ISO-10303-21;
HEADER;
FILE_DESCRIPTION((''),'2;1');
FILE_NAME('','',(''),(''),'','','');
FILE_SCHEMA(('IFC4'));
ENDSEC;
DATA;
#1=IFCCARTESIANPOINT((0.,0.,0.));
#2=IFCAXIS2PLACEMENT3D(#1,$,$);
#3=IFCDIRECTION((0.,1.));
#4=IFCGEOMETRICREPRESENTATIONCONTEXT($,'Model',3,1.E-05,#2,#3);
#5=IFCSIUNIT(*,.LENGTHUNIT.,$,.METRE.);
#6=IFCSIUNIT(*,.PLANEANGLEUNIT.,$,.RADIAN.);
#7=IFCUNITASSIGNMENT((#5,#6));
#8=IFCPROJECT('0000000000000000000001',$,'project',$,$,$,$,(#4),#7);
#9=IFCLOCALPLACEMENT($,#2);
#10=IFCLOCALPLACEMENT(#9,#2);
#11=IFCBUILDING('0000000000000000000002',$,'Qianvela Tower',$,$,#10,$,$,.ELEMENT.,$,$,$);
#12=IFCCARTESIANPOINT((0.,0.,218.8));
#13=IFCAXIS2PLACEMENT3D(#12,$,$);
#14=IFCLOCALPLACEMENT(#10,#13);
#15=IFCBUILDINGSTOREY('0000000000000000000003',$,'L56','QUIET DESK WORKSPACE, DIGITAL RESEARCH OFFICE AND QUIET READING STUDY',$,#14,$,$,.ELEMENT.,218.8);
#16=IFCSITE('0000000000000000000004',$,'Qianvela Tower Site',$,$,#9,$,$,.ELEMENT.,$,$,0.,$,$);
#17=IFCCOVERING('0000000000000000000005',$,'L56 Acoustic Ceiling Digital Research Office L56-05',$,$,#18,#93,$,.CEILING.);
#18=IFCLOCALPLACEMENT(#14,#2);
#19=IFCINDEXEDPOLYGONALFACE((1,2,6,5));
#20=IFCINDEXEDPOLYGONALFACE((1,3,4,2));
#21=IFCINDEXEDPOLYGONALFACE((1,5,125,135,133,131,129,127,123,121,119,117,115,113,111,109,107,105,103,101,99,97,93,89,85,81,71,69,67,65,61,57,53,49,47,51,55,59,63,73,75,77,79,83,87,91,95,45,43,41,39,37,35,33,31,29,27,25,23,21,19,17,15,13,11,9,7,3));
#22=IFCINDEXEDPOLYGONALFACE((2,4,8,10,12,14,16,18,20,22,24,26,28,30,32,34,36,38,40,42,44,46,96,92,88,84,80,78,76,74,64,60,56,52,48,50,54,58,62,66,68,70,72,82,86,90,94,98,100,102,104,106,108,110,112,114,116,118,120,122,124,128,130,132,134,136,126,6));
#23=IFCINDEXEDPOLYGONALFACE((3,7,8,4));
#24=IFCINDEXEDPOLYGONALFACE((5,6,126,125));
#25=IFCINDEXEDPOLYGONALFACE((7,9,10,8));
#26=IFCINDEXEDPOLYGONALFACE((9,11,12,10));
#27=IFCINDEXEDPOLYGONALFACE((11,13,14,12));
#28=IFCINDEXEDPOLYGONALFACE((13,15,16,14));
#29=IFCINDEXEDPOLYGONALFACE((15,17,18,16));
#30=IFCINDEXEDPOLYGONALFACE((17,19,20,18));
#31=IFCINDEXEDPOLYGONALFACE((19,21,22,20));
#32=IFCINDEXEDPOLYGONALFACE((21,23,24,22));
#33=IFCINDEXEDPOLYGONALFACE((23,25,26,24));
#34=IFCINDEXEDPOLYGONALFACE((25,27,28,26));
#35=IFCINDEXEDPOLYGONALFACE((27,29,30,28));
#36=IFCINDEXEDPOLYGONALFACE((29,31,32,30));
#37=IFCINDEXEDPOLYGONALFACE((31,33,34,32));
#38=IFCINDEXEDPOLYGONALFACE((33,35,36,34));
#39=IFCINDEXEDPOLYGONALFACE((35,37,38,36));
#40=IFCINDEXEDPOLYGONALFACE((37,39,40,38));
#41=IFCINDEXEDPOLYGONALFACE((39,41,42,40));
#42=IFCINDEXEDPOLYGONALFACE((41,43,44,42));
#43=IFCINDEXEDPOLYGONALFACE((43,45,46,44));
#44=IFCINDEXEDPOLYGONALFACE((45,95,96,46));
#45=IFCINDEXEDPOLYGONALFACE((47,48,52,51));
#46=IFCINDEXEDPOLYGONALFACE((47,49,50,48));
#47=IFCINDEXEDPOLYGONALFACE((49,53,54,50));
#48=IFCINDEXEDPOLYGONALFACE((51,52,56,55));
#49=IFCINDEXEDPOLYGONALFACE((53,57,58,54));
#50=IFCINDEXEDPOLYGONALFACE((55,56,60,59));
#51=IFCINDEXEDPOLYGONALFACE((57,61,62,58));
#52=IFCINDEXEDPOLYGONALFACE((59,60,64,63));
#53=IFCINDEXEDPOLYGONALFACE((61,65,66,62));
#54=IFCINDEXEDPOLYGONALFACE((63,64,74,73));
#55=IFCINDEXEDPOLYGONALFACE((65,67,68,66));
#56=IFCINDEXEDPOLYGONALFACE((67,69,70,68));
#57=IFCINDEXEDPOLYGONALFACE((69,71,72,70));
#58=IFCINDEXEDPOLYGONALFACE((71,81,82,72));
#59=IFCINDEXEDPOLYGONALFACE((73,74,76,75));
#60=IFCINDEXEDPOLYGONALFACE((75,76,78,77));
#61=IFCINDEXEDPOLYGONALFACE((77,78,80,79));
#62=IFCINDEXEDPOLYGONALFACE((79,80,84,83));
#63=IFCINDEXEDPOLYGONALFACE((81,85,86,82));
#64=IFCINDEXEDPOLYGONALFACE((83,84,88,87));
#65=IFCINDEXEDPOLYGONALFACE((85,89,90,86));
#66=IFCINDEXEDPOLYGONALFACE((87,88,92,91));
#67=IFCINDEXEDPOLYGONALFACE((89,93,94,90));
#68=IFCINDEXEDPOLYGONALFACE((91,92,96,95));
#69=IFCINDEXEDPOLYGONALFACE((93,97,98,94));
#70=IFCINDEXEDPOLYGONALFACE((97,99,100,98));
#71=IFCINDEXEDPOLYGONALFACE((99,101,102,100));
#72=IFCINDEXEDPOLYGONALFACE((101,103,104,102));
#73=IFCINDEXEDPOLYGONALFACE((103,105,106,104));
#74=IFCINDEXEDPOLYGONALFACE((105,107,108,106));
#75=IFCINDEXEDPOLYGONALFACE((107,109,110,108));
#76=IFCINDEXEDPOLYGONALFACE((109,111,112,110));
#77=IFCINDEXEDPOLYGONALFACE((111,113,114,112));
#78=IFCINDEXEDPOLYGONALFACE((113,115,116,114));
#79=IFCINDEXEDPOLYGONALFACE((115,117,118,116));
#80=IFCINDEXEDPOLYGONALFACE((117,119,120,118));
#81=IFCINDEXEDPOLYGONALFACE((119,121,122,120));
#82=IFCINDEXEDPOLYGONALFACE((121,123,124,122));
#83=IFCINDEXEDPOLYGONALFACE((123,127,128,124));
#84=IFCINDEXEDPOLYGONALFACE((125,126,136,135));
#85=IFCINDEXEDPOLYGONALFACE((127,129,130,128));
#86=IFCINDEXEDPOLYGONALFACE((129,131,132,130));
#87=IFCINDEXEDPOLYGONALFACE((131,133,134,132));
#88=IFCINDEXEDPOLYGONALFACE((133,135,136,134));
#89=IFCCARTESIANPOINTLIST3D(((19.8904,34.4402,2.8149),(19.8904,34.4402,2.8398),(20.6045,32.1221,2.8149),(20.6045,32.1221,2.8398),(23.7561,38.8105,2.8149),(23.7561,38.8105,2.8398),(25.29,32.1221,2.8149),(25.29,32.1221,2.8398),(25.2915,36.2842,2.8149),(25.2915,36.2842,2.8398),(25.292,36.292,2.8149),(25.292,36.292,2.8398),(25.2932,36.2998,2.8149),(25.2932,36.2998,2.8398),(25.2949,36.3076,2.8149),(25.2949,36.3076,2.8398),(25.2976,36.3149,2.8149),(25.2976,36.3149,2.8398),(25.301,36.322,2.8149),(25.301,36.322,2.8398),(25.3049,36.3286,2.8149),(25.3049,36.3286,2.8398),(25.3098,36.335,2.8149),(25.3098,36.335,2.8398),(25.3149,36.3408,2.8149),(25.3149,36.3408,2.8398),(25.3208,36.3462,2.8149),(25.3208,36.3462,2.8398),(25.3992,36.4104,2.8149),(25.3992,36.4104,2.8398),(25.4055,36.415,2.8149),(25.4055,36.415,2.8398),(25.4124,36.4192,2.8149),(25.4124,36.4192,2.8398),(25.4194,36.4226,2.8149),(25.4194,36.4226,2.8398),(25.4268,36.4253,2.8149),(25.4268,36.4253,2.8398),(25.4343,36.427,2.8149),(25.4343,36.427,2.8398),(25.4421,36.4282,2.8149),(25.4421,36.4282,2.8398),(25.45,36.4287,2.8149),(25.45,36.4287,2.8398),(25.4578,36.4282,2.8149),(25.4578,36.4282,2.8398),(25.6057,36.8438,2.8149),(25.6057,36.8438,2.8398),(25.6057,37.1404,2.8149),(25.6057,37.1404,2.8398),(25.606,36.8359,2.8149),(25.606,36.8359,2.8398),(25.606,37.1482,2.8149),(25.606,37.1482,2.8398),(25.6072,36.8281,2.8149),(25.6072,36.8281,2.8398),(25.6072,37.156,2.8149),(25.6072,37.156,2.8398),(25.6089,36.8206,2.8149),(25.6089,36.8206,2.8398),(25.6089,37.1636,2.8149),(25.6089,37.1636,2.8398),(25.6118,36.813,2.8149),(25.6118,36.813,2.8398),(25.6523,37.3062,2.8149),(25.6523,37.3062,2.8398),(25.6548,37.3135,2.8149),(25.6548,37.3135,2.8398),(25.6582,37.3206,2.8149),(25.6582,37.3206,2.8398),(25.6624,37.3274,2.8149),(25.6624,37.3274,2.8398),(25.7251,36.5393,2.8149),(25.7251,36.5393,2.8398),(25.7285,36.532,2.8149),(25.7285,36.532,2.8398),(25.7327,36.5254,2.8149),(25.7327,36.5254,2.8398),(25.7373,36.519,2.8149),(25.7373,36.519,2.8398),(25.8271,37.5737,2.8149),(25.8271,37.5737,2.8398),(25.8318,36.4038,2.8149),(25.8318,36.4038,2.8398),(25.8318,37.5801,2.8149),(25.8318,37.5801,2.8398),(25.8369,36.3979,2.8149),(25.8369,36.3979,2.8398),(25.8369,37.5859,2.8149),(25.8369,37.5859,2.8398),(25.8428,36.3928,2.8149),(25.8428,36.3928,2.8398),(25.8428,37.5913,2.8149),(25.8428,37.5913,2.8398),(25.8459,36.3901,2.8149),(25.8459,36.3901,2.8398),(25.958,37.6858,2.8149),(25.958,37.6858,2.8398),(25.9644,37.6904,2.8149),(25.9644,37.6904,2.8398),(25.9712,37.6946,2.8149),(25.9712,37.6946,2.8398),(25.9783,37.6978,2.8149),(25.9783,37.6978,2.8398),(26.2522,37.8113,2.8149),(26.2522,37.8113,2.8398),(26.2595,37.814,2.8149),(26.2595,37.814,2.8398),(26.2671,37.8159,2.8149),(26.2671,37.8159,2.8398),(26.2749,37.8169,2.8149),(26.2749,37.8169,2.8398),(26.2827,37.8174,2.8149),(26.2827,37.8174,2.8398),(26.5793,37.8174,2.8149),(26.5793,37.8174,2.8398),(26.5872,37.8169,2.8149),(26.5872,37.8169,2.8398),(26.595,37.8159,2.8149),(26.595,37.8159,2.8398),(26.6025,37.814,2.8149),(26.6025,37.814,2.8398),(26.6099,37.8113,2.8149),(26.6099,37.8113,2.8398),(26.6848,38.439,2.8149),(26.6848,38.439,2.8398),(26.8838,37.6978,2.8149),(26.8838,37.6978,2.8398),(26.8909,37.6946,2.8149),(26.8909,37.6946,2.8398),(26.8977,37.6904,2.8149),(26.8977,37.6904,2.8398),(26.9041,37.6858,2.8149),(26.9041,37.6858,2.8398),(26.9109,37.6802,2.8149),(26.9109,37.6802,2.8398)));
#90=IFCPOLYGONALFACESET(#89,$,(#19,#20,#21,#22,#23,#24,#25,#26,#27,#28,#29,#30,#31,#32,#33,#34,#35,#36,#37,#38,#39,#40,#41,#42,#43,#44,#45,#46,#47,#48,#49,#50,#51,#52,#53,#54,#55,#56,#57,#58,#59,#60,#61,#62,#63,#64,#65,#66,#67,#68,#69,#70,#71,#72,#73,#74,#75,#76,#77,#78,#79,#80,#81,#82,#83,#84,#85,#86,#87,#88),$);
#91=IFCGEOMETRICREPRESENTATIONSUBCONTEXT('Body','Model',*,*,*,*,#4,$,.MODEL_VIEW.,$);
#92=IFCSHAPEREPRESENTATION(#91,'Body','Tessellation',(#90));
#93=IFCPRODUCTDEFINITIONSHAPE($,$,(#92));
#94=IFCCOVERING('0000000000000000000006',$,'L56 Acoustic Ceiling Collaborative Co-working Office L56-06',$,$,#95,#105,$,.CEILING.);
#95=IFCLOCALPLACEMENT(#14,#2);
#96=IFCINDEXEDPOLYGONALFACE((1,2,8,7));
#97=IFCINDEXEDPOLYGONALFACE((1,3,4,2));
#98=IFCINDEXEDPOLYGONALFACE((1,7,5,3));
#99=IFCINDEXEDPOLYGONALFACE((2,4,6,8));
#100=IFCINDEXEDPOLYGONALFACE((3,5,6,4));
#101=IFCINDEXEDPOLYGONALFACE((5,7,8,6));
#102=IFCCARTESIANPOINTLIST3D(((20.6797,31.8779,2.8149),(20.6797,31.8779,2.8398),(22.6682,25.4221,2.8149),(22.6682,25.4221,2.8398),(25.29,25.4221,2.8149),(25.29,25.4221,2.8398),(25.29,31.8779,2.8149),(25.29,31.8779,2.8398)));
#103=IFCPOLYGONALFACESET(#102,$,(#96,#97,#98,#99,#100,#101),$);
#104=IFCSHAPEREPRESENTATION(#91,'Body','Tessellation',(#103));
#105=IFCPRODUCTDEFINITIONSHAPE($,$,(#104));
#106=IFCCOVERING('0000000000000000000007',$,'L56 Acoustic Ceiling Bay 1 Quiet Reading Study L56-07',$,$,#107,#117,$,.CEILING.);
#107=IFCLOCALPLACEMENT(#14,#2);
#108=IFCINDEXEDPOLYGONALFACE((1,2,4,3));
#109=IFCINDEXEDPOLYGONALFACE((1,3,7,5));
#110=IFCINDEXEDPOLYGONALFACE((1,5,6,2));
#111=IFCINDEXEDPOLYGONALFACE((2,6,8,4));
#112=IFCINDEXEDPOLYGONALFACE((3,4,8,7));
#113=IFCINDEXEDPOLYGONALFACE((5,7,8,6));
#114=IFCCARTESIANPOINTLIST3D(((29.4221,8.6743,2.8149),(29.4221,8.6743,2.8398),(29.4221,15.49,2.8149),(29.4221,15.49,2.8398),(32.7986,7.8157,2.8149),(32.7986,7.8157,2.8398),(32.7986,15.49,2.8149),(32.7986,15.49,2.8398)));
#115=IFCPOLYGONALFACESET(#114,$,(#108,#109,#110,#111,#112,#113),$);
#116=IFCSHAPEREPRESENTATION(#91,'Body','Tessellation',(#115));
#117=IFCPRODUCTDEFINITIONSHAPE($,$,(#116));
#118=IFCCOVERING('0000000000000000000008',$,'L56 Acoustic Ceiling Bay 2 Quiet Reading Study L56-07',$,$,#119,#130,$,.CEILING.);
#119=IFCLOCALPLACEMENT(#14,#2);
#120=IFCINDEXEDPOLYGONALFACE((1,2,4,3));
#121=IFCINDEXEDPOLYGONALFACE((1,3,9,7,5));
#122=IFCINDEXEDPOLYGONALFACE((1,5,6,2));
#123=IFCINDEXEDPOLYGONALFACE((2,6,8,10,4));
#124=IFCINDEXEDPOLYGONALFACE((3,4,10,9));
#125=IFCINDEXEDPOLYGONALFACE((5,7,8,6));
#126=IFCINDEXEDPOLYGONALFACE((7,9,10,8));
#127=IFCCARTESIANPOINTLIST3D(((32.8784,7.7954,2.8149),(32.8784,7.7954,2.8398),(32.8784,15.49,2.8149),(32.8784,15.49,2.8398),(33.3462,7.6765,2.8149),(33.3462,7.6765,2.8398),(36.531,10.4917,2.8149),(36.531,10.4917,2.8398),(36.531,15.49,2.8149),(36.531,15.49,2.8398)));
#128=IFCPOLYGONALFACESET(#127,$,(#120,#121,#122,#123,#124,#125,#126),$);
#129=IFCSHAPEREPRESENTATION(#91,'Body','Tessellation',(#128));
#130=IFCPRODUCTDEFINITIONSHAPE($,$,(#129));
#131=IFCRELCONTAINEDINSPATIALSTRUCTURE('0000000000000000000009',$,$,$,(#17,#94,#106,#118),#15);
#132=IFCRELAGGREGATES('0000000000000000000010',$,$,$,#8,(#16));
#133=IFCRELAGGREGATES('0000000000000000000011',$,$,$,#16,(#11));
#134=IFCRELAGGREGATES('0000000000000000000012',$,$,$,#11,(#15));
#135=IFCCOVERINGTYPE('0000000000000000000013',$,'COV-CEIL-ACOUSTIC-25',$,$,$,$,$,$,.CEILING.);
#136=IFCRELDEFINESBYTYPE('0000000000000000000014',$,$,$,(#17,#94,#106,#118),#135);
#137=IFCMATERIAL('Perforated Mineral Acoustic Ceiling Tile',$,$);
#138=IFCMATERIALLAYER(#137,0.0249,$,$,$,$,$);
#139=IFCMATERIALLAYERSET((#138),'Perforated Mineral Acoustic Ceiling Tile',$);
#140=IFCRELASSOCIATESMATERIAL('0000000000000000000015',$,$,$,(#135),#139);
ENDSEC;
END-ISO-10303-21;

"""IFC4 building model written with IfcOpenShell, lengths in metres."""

from ifc_helpers import new_model, si_unit, direction, frame, origin, place, context, subcontext, project, spatial, polyline, outline, extrude, material, layer, layer_set, type_object, element, save


model = new_model("IFC4")

# Units and contexts
model_context = context("Model", 3, precision=1e-05, world=origin(), true_north=direction((0.0, 1.0)))
body_context = subcontext(model_context, "Body", "Model", "MODEL_VIEW")
ifc_project = project(units=[si_unit("LENGTHUNIT", "METRE"), si_unit("PLANEANGLEUNIT", "RADIAN")], contexts=[model_context])

# Site, building, storey
site_placement = place(None, origin())
site = spatial("IfcSite", under=ifc_project, at=site_placement, Name="Qianvela Tower Site", CompositionType="ELEMENT", RefElevation=0.0)
building_placement = place(site_placement, origin())
building = spatial("IfcBuilding", under=site, at=building_placement, Name="Qianvela Tower", CompositionType="ELEMENT")
storey_placement = place(building_placement, frame((0.0, 0.0, 218.8)))
storey = spatial("IfcBuildingStorey", under=building, at=storey_placement, Name="L56", Description="QUIET DESK WORKSPACE, DIGITAL RESEARCH OFFICE AND QUIET READING STUDY", CompositionType="ELEMENT", Elevation=218.8)

# Coverings
ifc_material_1 = material(Name="Perforated Mineral Acoustic Ceiling Tile")
ifc_layer_1 = layer(ifc_material_1, 0.0249)
ifc_layer_set_1 = layer_set([ifc_layer_1], Name="Perforated Mineral Acoustic Ceiling Tile")
covering_type_1 = type_object("IfcCoveringType", Name="COV-CEIL-ACOUSTIC-25", PredefinedType="CEILING", material=ifc_layer_set_1)
covering_1_placement = place(storey_placement, frame((0.0, 0.0, 2.8149)))
element("IfcCovering", 1, at=covering_1_placement, inside=storey, type_object=covering_type_1, Name="L56 Acoustic Ceiling Digital Research Office L56-05", PredefinedType="CEILING", context=body_context, shape_type="SweptSolid", body=[
    extrude(outline(polyline([(25.8459, 36.3901), (25.4578, 36.4282), (25.45, 36.4287), (25.4421, 36.4282), (25.4343, 36.427), (25.4268, 36.4253), (25.4194, 36.4226), (25.4124, 36.4192), (25.4055, 36.415), (25.3992, 36.4104), (25.3208, 36.3462), (25.3149, 36.3408), (25.3098, 36.335), (25.3049, 36.3286), (25.301, 36.322), (25.2976, 36.3149), (25.2949, 36.3076), (25.2932, 36.2998), (25.292, 36.292), (25.2915, 36.2842), (25.29, 32.1221), (20.6045, 32.1221), (19.8904, 34.4402), (23.7561, 38.8105), (26.6848, 38.439), (26.9109, 37.6802), (26.9041, 37.6858), (26.8977, 37.6904), (26.8909, 37.6946), (26.8838, 37.6978), (26.6099, 37.8113), (26.6025, 37.814), (26.595, 37.8159), (26.5872, 37.8169), (26.5793, 37.8174), (26.2827, 37.8174), (26.2749, 37.8169), (26.2671, 37.8159), (26.2595, 37.814), (26.2522, 37.8113), (25.9783, 37.6978), (25.9712, 37.6946), (25.9644, 37.6904), (25.958, 37.6858), (25.8428, 37.5913), (25.8369, 37.5859), (25.8318, 37.5801), (25.8271, 37.5737), (25.6624, 37.3274), (25.6582, 37.3206), (25.6548, 37.3135), (25.6523, 37.3062), (25.6089, 37.1636), (25.6072, 37.156), (25.606, 37.1482), (25.6057, 37.1404), (25.6057, 36.8438), (25.606, 36.8359), (25.6072, 36.8281), (25.6089, 36.8206), (25.6118, 36.813), (25.7251, 36.5393), (25.7285, 36.532), (25.7327, 36.5254), (25.7373, 36.519), (25.8318, 36.4038), (25.8369, 36.3979), (25.8428, 36.3928), (25.8459, 36.3901)])), origin(), (0.0, 0.0, 1.0), 0.0249),
])
covering_2_placement = place(storey_placement, frame((0.0, 0.0, 2.8149)))
element("IfcCovering", 2, at=covering_2_placement, inside=storey, type_object=covering_type_1, Name="L56 Acoustic Ceiling Collaborative Co-working Office L56-06", PredefinedType="CEILING", context=body_context, shape_type="SweptSolid", body=[
    extrude(outline(polyline([(25.29, 31.8779), (25.29, 25.4221), (22.6682, 25.4221), (20.6797, 31.8779), (25.29, 31.8779)])), origin(), (0.0, 0.0, 1.0), 0.0249),
])
covering_3_placement = place(storey_placement, frame((0.0, 0.0, 2.8149)))
element("IfcCovering", 3, at=covering_3_placement, inside=storey, type_object=covering_type_1, Name="L56 Acoustic Ceiling Bay 1 Quiet Reading Study L56-07", PredefinedType="CEILING", context=body_context, shape_type="SweptSolid", body=[
    extrude(outline(polyline([(29.4221, 8.6743), (29.4221, 15.49), (32.7986, 15.49), (32.7986, 7.8157), (29.4221, 8.6743)])), origin(), (0.0, 0.0, 1.0), 0.0249),
])
covering_4_placement = place(storey_placement, frame((0.0, 0.0, 2.8149)))
element("IfcCovering", 4, at=covering_4_placement, inside=storey, type_object=covering_type_1, Name="L56 Acoustic Ceiling Bay 2 Quiet Reading Study L56-07", PredefinedType="CEILING", context=body_context, shape_type="SweptSolid", body=[
    extrude(outline(polyline([(33.3462, 7.6765), (32.8784, 7.7954), (32.8784, 15.49), (36.531, 15.49), (36.531, 10.4917), (33.3462, 7.6765)])), origin(), (0.0, 0.0, 1.0), 0.0249),
])

save(model, "model.ifc")
